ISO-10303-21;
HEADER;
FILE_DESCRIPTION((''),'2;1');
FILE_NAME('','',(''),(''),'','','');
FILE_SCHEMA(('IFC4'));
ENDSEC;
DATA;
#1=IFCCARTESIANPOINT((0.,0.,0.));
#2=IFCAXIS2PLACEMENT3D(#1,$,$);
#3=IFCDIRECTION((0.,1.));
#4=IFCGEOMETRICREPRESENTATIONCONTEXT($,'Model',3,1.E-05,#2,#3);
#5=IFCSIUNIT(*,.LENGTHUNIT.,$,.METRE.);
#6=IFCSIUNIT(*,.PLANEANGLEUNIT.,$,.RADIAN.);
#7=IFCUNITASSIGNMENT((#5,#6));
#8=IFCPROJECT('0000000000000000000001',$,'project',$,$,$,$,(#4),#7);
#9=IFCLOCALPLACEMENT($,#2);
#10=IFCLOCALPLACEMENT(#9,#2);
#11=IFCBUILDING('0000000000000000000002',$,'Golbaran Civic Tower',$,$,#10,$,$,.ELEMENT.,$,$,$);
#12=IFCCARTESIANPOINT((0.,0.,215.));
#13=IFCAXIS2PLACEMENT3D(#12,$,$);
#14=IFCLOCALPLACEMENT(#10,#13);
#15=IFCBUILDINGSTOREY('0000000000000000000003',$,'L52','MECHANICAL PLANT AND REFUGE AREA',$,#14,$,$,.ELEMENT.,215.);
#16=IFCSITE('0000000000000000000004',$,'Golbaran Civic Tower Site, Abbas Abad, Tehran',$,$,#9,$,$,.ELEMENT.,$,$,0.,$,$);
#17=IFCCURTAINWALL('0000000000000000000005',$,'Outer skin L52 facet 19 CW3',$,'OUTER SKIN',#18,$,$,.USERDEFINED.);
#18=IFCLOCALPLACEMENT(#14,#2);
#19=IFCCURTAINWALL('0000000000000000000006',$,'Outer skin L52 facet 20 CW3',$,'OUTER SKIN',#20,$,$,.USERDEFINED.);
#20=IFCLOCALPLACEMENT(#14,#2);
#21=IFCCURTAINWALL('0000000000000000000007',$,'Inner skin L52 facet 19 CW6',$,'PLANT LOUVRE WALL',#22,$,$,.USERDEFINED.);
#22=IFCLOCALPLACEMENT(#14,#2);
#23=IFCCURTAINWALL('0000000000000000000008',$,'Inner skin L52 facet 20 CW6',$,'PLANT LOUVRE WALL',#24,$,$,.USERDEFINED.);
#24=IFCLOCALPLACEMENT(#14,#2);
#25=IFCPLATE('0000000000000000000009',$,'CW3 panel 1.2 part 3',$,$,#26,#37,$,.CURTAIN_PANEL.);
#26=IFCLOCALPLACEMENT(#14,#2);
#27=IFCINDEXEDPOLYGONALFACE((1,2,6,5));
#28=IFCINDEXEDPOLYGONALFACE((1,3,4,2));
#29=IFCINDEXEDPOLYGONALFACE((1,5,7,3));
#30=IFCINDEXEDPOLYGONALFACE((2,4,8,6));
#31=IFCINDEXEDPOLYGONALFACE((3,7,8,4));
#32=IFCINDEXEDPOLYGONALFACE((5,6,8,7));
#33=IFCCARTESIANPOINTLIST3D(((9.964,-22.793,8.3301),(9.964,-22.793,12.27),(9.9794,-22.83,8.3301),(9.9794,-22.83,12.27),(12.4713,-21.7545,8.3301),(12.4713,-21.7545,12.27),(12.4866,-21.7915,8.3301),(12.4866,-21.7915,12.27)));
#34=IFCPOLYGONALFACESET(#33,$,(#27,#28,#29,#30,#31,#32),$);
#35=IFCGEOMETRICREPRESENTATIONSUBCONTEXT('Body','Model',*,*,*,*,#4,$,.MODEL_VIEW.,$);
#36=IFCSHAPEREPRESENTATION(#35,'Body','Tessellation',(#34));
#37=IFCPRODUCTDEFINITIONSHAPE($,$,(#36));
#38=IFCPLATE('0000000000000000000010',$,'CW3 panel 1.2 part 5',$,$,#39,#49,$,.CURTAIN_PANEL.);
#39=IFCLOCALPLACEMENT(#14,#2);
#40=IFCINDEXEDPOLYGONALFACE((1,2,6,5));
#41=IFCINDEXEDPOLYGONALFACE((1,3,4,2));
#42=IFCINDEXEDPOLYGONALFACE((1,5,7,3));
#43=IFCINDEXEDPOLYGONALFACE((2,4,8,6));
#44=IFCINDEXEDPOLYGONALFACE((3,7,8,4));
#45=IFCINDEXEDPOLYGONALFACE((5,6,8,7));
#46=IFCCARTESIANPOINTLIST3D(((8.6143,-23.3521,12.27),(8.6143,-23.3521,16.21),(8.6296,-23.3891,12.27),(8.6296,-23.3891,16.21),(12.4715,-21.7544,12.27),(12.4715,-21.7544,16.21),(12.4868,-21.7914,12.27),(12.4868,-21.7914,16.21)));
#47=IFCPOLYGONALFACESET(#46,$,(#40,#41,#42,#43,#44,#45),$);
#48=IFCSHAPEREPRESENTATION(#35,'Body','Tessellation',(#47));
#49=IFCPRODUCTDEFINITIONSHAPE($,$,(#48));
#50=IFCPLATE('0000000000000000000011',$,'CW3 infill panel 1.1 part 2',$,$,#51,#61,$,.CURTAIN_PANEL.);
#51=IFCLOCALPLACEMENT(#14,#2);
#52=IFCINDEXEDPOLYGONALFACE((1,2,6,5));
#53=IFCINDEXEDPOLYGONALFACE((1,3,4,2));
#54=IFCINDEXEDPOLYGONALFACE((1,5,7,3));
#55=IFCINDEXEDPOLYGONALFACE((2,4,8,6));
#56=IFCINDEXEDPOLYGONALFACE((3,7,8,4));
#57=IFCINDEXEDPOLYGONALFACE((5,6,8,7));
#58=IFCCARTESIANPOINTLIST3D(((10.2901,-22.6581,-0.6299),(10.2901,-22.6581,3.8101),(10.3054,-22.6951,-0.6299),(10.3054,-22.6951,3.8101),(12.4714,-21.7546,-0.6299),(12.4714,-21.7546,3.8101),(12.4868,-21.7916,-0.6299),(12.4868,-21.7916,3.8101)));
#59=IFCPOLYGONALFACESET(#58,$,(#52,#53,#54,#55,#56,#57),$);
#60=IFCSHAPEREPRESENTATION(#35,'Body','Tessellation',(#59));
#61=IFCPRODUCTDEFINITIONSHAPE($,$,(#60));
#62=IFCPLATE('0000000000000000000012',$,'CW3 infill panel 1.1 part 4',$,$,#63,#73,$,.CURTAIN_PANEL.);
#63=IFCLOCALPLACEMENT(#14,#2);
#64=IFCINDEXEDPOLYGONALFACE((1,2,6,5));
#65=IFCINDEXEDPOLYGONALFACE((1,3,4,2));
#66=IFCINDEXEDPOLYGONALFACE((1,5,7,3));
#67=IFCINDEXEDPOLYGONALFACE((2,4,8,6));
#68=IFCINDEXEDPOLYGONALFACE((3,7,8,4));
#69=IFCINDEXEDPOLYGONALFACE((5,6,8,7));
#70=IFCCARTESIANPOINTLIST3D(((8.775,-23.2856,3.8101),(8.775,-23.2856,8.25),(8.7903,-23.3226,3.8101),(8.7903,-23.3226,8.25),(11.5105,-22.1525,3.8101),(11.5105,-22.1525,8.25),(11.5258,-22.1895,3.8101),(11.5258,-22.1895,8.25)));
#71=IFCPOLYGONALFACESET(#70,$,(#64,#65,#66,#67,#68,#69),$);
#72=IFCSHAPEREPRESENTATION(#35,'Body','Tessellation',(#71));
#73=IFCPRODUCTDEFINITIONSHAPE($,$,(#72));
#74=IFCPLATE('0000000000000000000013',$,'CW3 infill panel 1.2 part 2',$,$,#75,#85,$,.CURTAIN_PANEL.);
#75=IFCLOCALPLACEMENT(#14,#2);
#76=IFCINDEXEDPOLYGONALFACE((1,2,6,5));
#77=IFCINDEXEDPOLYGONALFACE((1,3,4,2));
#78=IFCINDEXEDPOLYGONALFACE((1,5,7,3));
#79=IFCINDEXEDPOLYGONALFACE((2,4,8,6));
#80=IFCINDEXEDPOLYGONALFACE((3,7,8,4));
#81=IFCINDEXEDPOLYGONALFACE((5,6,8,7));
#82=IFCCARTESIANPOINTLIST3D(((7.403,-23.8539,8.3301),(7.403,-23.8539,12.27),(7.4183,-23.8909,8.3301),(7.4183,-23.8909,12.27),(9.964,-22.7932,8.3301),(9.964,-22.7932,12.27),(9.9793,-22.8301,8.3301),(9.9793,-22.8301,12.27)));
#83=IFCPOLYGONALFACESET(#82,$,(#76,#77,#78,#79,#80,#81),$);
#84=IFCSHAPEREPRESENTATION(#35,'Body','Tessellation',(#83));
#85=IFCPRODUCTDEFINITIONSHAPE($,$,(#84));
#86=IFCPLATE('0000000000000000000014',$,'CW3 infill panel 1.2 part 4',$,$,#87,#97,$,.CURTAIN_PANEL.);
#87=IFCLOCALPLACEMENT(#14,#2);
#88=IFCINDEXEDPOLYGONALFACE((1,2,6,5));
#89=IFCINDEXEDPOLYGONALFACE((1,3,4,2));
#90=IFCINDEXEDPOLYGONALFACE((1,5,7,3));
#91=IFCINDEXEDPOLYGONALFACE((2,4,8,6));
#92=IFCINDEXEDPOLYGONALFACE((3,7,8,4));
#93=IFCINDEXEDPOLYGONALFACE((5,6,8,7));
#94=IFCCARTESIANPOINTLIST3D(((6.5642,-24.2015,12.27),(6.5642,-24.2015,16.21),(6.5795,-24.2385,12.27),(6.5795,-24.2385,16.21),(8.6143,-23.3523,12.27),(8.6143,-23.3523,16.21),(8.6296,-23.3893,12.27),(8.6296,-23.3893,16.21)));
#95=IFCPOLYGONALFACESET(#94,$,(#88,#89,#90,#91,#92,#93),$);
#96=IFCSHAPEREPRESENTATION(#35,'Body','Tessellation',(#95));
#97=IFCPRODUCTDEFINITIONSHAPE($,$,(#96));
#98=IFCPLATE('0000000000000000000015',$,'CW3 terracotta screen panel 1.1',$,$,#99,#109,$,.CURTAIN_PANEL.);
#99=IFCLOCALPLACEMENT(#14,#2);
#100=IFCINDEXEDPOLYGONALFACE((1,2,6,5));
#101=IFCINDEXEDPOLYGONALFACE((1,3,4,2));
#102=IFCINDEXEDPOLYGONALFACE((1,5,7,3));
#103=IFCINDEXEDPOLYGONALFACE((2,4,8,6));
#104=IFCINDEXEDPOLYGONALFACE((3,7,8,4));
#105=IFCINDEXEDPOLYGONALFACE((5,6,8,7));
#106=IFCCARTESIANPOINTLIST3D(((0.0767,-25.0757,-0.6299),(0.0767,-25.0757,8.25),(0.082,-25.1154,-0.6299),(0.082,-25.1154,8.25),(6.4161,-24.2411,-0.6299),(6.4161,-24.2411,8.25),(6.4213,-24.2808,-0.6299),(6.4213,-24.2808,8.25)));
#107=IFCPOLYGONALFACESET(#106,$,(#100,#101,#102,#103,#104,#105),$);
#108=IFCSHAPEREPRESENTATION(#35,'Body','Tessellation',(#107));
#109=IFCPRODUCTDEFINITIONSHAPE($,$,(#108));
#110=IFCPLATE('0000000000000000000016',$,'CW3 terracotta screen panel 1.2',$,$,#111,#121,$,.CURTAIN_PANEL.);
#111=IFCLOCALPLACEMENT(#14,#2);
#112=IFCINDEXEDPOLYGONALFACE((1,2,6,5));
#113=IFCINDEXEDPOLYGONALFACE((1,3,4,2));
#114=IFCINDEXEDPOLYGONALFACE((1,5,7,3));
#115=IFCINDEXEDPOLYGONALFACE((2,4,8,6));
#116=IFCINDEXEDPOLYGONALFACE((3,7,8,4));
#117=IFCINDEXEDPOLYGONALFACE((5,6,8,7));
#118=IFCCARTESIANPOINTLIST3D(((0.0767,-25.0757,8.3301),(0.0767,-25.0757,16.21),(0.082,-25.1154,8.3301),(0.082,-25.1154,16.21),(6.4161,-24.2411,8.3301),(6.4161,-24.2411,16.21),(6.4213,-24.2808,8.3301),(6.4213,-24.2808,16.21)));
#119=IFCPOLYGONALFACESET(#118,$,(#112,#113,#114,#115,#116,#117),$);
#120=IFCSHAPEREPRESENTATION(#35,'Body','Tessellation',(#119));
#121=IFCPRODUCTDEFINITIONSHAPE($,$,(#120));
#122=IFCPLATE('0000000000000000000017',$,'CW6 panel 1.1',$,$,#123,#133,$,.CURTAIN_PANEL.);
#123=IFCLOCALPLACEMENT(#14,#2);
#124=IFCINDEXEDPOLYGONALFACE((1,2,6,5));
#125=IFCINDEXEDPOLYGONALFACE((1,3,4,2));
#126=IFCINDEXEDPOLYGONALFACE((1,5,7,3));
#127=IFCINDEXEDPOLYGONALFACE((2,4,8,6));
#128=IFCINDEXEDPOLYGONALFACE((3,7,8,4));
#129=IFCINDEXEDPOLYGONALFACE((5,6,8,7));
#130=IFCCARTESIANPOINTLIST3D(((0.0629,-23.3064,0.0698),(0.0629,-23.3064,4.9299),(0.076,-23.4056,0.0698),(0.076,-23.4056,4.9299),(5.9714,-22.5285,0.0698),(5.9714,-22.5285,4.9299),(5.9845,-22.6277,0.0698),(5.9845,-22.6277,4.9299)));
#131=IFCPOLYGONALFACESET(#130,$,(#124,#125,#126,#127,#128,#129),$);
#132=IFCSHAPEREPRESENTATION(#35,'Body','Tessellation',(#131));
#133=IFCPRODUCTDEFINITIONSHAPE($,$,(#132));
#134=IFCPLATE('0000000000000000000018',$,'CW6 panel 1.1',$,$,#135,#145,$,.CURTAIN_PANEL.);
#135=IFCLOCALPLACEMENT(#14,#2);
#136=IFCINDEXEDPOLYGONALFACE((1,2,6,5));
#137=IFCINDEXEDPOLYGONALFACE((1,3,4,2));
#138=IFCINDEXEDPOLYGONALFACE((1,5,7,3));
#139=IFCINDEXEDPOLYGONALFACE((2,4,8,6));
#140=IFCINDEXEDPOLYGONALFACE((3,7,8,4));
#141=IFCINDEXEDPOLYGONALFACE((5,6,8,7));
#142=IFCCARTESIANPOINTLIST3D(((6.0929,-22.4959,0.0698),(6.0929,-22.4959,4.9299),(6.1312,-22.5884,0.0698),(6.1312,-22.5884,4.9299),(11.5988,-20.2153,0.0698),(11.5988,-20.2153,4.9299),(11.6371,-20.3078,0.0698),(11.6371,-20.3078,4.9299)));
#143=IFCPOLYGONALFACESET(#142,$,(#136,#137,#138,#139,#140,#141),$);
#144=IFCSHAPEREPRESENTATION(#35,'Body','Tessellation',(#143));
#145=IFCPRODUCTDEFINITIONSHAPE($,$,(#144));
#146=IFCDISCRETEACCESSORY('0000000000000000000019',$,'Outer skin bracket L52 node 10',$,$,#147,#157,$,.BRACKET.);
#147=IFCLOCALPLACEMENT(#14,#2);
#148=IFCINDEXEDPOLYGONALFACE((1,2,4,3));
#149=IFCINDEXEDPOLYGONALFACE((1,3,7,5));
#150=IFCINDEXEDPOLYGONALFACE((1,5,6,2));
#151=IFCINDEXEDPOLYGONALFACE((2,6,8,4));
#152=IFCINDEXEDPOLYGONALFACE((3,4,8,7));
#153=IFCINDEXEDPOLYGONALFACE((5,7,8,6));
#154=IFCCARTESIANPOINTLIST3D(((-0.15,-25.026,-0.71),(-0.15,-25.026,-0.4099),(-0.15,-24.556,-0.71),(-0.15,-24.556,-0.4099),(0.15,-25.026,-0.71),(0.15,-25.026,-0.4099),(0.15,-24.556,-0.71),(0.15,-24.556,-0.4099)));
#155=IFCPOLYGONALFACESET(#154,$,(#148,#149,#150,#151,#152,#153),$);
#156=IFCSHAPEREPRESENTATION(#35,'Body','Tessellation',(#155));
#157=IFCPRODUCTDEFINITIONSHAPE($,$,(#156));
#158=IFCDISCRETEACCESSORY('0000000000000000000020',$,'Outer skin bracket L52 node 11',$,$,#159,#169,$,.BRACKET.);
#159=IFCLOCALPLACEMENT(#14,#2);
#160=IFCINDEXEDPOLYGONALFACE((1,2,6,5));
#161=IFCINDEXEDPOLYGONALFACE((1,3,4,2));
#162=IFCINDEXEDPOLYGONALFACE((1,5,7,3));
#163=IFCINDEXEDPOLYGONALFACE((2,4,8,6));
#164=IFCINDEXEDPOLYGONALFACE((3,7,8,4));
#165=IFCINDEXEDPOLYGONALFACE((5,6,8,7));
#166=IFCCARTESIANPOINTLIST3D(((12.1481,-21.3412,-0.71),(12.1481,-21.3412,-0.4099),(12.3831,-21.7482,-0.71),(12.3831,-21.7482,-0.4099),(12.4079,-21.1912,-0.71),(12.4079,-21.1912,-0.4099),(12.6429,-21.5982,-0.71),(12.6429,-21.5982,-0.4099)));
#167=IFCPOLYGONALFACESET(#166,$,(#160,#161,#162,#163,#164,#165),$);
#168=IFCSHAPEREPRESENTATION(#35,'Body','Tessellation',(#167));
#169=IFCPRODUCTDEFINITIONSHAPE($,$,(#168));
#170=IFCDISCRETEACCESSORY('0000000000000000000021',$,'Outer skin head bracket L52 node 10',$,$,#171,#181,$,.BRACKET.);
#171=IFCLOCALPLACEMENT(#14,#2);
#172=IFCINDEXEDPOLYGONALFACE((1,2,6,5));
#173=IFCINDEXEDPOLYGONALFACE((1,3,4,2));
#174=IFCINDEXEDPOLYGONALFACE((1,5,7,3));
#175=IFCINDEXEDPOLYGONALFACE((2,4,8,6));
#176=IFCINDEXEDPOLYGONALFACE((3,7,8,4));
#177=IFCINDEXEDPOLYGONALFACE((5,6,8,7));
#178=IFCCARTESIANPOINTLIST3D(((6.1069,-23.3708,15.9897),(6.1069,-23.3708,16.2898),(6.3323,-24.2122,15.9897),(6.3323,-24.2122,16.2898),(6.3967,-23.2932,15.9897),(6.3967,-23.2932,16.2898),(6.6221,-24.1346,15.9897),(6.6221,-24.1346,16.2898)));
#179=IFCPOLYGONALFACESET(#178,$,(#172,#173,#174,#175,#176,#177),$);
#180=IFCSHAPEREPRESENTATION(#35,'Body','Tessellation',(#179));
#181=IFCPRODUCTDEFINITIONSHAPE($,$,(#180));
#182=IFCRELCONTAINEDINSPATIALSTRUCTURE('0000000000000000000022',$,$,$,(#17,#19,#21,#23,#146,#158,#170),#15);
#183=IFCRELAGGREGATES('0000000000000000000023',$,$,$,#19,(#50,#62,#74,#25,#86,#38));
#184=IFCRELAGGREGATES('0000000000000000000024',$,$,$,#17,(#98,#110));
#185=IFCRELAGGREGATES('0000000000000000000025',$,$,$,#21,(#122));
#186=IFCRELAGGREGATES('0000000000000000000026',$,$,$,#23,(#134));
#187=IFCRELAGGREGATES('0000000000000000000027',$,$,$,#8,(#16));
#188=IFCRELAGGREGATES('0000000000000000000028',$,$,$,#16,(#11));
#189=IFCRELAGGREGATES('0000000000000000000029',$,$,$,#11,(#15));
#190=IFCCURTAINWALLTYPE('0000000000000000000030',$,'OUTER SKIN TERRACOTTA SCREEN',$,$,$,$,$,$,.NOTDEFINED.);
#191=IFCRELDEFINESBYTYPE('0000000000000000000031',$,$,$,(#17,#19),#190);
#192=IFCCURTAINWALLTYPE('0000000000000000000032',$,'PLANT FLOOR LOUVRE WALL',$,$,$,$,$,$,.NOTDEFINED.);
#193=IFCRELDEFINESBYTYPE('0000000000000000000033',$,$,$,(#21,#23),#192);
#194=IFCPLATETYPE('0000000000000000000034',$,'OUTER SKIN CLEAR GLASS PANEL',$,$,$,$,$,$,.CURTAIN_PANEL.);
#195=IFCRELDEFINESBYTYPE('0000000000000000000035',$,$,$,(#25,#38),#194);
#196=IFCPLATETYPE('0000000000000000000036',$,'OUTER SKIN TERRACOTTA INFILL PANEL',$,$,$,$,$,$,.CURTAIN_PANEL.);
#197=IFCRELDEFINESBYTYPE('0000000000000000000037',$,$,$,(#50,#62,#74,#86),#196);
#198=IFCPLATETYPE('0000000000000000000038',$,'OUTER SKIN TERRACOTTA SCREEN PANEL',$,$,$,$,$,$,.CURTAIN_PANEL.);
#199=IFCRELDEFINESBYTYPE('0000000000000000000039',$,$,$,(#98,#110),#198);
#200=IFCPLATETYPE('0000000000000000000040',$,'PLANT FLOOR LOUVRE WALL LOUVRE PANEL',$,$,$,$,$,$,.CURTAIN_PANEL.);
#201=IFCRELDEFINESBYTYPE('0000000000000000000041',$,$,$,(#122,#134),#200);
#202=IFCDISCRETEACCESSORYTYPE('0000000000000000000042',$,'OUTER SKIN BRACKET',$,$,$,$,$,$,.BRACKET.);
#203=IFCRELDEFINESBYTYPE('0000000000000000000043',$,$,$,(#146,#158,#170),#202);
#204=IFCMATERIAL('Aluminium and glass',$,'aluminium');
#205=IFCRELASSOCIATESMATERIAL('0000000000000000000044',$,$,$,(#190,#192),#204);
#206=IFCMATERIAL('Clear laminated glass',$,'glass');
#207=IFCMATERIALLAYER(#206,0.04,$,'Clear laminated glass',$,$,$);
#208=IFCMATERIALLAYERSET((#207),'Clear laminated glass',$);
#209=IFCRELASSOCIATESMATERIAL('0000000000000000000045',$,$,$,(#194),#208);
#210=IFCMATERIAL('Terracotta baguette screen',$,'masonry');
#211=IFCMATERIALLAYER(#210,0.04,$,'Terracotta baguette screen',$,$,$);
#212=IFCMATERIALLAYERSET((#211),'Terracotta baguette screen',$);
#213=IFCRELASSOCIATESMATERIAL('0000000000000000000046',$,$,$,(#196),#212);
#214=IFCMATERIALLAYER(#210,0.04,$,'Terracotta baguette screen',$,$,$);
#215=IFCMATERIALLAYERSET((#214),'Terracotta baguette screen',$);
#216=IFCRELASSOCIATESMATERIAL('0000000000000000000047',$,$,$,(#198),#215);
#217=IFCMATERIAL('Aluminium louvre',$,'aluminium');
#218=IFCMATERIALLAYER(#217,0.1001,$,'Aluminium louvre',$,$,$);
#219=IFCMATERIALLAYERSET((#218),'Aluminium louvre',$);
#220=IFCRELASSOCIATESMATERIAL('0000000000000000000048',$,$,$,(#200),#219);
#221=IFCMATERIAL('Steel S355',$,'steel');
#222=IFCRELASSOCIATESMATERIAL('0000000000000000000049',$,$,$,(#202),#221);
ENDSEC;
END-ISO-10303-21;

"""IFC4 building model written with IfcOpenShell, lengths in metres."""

from ifc_helpers import new_model, si_unit, direction, frame, origin, origin_2d, place, context, subcontext, project, spatial, rectangle, extrude, material, layer, layer_set, type_object, element, aggregate, save


model = new_model("IFC4")

# Units and contexts
model_context = context("Model", 3, precision=1e-05, world=origin(), true_north=direction((0.0, 1.0)))
body_context = subcontext(model_context, "Body", "Model", "MODEL_VIEW")
ifc_project = project(units=[si_unit("LENGTHUNIT", "METRE"), si_unit("PLANEANGLEUNIT", "RADIAN")], contexts=[model_context])

# Site, building, storey
site_placement = place(None, origin())
site = spatial("IfcSite", under=ifc_project, at=site_placement, Name="Golbaran Civic Tower Site, Abbas Abad, Tehran", CompositionType="ELEMENT", RefElevation=0.0)
building_placement = place(site_placement, origin())
building = spatial("IfcBuilding", under=site, at=building_placement, Name="Golbaran Civic Tower", CompositionType="ELEMENT")
storey_placement = place(building_placement, frame((0.0, 0.0, 215.0)))
storey = spatial("IfcBuildingStorey", under=building, at=storey_placement, Name="L52", Description="MECHANICAL PLANT AND REFUGE AREA", CompositionType="ELEMENT", Elevation=215.0)

# Shared definitions
ifc_material_1 = material(Name="Steel S355", Category="steel")

# Curtain walls
ifc_material_2 = material(Name="Aluminium and glass", Category="aluminium")
curtain_wall_type_1 = type_object("IfcCurtainWallType", Name="OUTER SKIN TERRACOTTA SCREEN", PredefinedType="NOTDEFINED", material=ifc_material_2)
curtain_wall_1_placement = place(storey_placement, origin())
curtain_wall_1 = element("IfcCurtainWall", 1, at=curtain_wall_1_placement, inside=storey, type_object=curtain_wall_type_1, Name="Outer skin L52 facet 19 CW3", ObjectType="OUTER SKIN", PredefinedType="USERDEFINED")
curtain_wall_2_placement = place(storey_placement, origin())
curtain_wall_2 = element("IfcCurtainWall", 2, at=curtain_wall_2_placement, inside=storey, type_object=curtain_wall_type_1, Name="Outer skin L52 facet 20 CW3", ObjectType="OUTER SKIN", PredefinedType="USERDEFINED")

# Curtain wall
curtain_wall_type_2 = type_object("IfcCurtainWallType", Name="PLANT FLOOR LOUVRE WALL", PredefinedType="NOTDEFINED", material=ifc_material_2)
curtain_wall_3_placement = place(storey_placement, origin())
curtain_wall_3 = element("IfcCurtainWall", 3, at=curtain_wall_3_placement, inside=storey, type_object=curtain_wall_type_2, Name="Inner skin L52 facet 19 CW6", ObjectType="PLANT LOUVRE WALL", PredefinedType="USERDEFINED")

# Curtain wall
curtain_wall_4_placement = place(storey_placement, origin())
curtain_wall_4 = element("IfcCurtainWall", 4, at=curtain_wall_4_placement, inside=storey, type_object=curtain_wall_type_2, Name="Inner skin L52 facet 20 CW6", ObjectType="PLANT LOUVRE WALL", PredefinedType="USERDEFINED")

# Plates
ifc_material_3 = material(Name="Clear laminated glass", Category="glass")
ifc_layer_1 = layer(ifc_material_3, 0.04, Name="Clear laminated glass")
ifc_layer_set_1 = layer_set([ifc_layer_1], Name="Clear laminated glass")
plate_type_1 = type_object("IfcPlateType", Name="OUTER SKIN CLEAR GLASS PANEL", PredefinedType="CURTAIN_PANEL", material=ifc_layer_set_1)
plate_1_placement = place(storey_placement, frame((11.2253, -22.2922, 8.3301), z_axis=(0.0, 0.0, 1.0), x_axis=(0.92388, 0.382683, 0.0)))
plate_1 = element("IfcPlate", 5, at=plate_1_placement, type_object=plate_type_1, Name="CW3 panel 1.2 part 3", PredefinedType="CURTAIN_PANEL", context=body_context, shape_type="SweptSolid", body=[
    extrude(rectangle(XDim=2.7139, YDim=0.04, at=origin_2d()), origin(), (0.0, 0.0, 1.0), 3.9399),
])
plate_2_placement = place(storey_placement, frame((10.5505, -22.5718, 12.27), z_axis=(0.0, 0.0, 1.0), x_axis=(0.92388, 0.382683, 0.0)))
plate_2 = element("IfcPlate", 6, at=plate_2_placement, type_object=plate_type_1, Name="CW3 panel 1.2 part 5", PredefinedType="CURTAIN_PANEL", context=body_context, shape_type="SweptSolid", body=[
    extrude(rectangle(XDim=4.175, YDim=0.04, at=origin_2d()), origin(), (0.0, 0.0, 1.0), 3.9399),
])
ifc_material_4 = material(Name="Terracotta baguette screen", Category="masonry")
ifc_layer_2 = layer(ifc_material_4, 0.04, Name="Terracotta baguette screen")
ifc_layer_set_2 = layer_set([ifc_layer_2], Name="Terracotta baguette screen")
plate_type_2 = type_object("IfcPlateType", Name="OUTER SKIN TERRACOTTA INFILL PANEL", PredefinedType="CURTAIN_PANEL", material=ifc_layer_set_2)
plate_3_placement = place(storey_placement, frame((11.3884, -22.2249, -0.6299), z_axis=(0.0, 0.0, 1.0), x_axis=(0.92388, 0.382683, 0.0)))
plate_3 = element("IfcPlate", 7, at=plate_3_placement, type_object=plate_type_2, Name="CW3 infill panel 1.1 part 2", PredefinedType="CURTAIN_PANEL", context=body_context, shape_type="SweptSolid", body=[
    extrude(rectangle(XDim=2.3611, YDim=0.04, at=origin_2d()), origin(), (0.0, 0.0, 1.0), 4.4399),
])
plate_4_placement = place(storey_placement, frame((10.1504, -22.7375, 3.8101), z_axis=(0.0, 0.0, 1.0), x_axis=(0.92388, 0.382683, 0.0)))
plate_4 = element("IfcPlate", 8, at=plate_4_placement, type_object=plate_type_2, Name="CW3 infill panel 1.1 part 4", PredefinedType="CURTAIN_PANEL", context=body_context, shape_type="SweptSolid", body=[
    extrude(rectangle(XDim=2.9609, YDim=0.04, at=origin_2d()), origin(), (0.0, 0.0, 1.0), 4.4399),
])
plate_5_placement = place(storey_placement, frame((8.6912, -23.342, 8.3301), z_axis=(0.0, 0.0, 1.0), x_axis=(0.92388, 0.382683, 0.0)))
plate_5 = element("IfcPlate", 9, at=plate_5_placement, type_object=plate_type_2, Name="CW3 infill panel 1.2 part 2", PredefinedType="CURTAIN_PANEL", context=body_context, shape_type="SweptSolid", body=[
    extrude(rectangle(XDim=2.772, YDim=0.04, at=origin_2d()), origin(), (0.0, 0.0, 1.0), 3.9399),
])
plate_6_placement = place(storey_placement, frame((7.5969, -23.7954, 12.27), z_axis=(0.0, 0.0, 1.0), x_axis=(0.92388, 0.382683, 0.0)))
plate_6 = element("IfcPlate", 10, at=plate_6_placement, type_object=plate_type_2, Name="CW3 infill panel 1.2 part 4", PredefinedType="CURTAIN_PANEL", context=body_context, shape_type="SweptSolid", body=[
    extrude(rectangle(XDim=2.219, YDim=0.04, at=origin_2d()), origin(), (0.0, 0.0, 1.0), 3.9399),
])
aggregate(curtain_wall_2, [plate_3, plate_4, plate_5, plate_1, plate_6, plate_2])
ifc_layer_3 = layer(ifc_material_4, 0.04, Name="Terracotta baguette screen")
ifc_layer_set_3 = layer_set([ifc_layer_3], Name="Terracotta baguette screen")
plate_type_3 = type_object("IfcPlateType", Name="OUTER SKIN TERRACOTTA SCREEN PANEL", PredefinedType="CURTAIN_PANEL", material=ifc_layer_set_3)
plate_7_placement = place(storey_placement, frame((3.249, -24.6782, -0.6299), z_axis=(0.0, 0.0, 1.0), x_axis=(0.991445, 0.130526, 0.0)))
plate_7 = element("IfcPlate", 11, at=plate_7_placement, type_object=plate_type_3, Name="CW3 terracotta screen panel 1.1", PredefinedType="CURTAIN_PANEL", context=body_context, shape_type="SweptSolid", body=[
    extrude(rectangle(XDim=6.394, YDim=0.04, at=origin_2d()), origin(), (0.0, 0.0, 1.0), 8.8799),
])
plate_8_placement = place(storey_placement, frame((3.249, -24.6782, 8.3301), z_axis=(0.0, 0.0, 1.0), x_axis=(0.991445, 0.130526, 0.0)))
plate_8 = element("IfcPlate", 12, at=plate_8_placement, type_object=plate_type_3, Name="CW3 terracotta screen panel 1.2", PredefinedType="CURTAIN_PANEL", context=body_context, shape_type="SweptSolid", body=[
    extrude(rectangle(XDim=6.394, YDim=0.04, at=origin_2d()), origin(), (0.0, 0.0, 1.0), 7.8799),
])
aggregate(curtain_wall_1, [plate_7, plate_8])
ifc_material_5 = material(Name="Aluminium louvre", Category="aluminium")
ifc_layer_4 = layer(ifc_material_5, 0.1001, Name="Aluminium louvre")
ifc_layer_set_4 = layer_set([ifc_layer_4], Name="Aluminium louvre")
plate_type_4 = type_object("IfcPlateType", Name="PLANT FLOOR LOUVRE WALL LOUVRE PANEL", PredefinedType="CURTAIN_PANEL", material=ifc_layer_set_4)
plate_9_placement = place(storey_placement, frame((3.0237, -22.967, 0.0698), z_axis=(0.0, 0.0, 1.0), x_axis=(0.991445, 0.130526, 0.0)))
plate_9 = element("IfcPlate", 13, at=plate_9_placement, type_object=plate_type_4, Name="CW6 panel 1.1", PredefinedType="CURTAIN_PANEL", context=body_context, shape_type="SweptSolid", body=[
    extrude(rectangle(XDim=5.9595, YDim=0.1001, at=origin_2d()), origin(), (0.0, 0.0, 1.0), 4.8601),
])
aggregate(curtain_wall_3, [plate_9])
plate_10_placement = place(storey_placement, frame((8.865, -21.4019, 0.0698), z_axis=(0.0, 0.0, 1.0), x_axis=(0.92388, 0.382683, 0.0)))
plate_10 = element("IfcPlate", 14, at=plate_10_placement, type_object=plate_type_4, Name="CW6 panel 1.1", PredefinedType="CURTAIN_PANEL", context=body_context, shape_type="SweptSolid", body=[
    extrude(rectangle(XDim=5.9595, YDim=0.1001, at=origin_2d()), origin(), (0.0, 0.0, 1.0), 4.8601),
])
aggregate(curtain_wall_4, [plate_10])

# Discrete accessories
discrete_accessory_type = type_object("IfcDiscreteAccessoryType", Name="OUTER SKIN BRACKET", PredefinedType="BRACKET", material=ifc_material_1)
for number, where, z_axis, x_axis, name in (
    (15, (0.0, -24.791, -0.71), (0.0, 0.0, 1.0), (0.0, -1.0, 0.0), "Outer skin bracket L52 node 10"),
    (16, (12.3955, -21.4697, -0.71), (0.0, 0.0, 1.0), (0.5, -0.866025, 0.0), "Outer skin bracket L52 node 11"),
):
    element("IfcDiscreteAccessory", number, at=place(storey_placement, frame(where, z_axis=z_axis, x_axis=x_axis)), inside=storey, type_object=discrete_accessory_type, Name=name, PredefinedType="BRACKET", context=body_context, shape_type="SweptSolid", body=[
        extrude(rectangle(XDim=0.47, YDim=0.3, at=origin_2d()), origin(), (0.0, 0.0, 1.0), 0.3),
    ])
discrete_accessory_placement = place(storey_placement, frame((6.3645, -23.7527, 15.9897), z_axis=(0.0, 0.0, 1.0), x_axis=(0.258819, -0.965926, 0.0)))
element("IfcDiscreteAccessory", 17, at=discrete_accessory_placement, inside=storey, type_object=discrete_accessory_type, Name="Outer skin head bracket L52 node 10", PredefinedType="BRACKET", context=body_context, shape_type="SweptSolid", body=[
    extrude(rectangle(XDim=0.8711, YDim=0.3, at=origin_2d()), origin(), (0.0, 0.0, 1.0), 0.3),
])

save(model, "model.ifc")
